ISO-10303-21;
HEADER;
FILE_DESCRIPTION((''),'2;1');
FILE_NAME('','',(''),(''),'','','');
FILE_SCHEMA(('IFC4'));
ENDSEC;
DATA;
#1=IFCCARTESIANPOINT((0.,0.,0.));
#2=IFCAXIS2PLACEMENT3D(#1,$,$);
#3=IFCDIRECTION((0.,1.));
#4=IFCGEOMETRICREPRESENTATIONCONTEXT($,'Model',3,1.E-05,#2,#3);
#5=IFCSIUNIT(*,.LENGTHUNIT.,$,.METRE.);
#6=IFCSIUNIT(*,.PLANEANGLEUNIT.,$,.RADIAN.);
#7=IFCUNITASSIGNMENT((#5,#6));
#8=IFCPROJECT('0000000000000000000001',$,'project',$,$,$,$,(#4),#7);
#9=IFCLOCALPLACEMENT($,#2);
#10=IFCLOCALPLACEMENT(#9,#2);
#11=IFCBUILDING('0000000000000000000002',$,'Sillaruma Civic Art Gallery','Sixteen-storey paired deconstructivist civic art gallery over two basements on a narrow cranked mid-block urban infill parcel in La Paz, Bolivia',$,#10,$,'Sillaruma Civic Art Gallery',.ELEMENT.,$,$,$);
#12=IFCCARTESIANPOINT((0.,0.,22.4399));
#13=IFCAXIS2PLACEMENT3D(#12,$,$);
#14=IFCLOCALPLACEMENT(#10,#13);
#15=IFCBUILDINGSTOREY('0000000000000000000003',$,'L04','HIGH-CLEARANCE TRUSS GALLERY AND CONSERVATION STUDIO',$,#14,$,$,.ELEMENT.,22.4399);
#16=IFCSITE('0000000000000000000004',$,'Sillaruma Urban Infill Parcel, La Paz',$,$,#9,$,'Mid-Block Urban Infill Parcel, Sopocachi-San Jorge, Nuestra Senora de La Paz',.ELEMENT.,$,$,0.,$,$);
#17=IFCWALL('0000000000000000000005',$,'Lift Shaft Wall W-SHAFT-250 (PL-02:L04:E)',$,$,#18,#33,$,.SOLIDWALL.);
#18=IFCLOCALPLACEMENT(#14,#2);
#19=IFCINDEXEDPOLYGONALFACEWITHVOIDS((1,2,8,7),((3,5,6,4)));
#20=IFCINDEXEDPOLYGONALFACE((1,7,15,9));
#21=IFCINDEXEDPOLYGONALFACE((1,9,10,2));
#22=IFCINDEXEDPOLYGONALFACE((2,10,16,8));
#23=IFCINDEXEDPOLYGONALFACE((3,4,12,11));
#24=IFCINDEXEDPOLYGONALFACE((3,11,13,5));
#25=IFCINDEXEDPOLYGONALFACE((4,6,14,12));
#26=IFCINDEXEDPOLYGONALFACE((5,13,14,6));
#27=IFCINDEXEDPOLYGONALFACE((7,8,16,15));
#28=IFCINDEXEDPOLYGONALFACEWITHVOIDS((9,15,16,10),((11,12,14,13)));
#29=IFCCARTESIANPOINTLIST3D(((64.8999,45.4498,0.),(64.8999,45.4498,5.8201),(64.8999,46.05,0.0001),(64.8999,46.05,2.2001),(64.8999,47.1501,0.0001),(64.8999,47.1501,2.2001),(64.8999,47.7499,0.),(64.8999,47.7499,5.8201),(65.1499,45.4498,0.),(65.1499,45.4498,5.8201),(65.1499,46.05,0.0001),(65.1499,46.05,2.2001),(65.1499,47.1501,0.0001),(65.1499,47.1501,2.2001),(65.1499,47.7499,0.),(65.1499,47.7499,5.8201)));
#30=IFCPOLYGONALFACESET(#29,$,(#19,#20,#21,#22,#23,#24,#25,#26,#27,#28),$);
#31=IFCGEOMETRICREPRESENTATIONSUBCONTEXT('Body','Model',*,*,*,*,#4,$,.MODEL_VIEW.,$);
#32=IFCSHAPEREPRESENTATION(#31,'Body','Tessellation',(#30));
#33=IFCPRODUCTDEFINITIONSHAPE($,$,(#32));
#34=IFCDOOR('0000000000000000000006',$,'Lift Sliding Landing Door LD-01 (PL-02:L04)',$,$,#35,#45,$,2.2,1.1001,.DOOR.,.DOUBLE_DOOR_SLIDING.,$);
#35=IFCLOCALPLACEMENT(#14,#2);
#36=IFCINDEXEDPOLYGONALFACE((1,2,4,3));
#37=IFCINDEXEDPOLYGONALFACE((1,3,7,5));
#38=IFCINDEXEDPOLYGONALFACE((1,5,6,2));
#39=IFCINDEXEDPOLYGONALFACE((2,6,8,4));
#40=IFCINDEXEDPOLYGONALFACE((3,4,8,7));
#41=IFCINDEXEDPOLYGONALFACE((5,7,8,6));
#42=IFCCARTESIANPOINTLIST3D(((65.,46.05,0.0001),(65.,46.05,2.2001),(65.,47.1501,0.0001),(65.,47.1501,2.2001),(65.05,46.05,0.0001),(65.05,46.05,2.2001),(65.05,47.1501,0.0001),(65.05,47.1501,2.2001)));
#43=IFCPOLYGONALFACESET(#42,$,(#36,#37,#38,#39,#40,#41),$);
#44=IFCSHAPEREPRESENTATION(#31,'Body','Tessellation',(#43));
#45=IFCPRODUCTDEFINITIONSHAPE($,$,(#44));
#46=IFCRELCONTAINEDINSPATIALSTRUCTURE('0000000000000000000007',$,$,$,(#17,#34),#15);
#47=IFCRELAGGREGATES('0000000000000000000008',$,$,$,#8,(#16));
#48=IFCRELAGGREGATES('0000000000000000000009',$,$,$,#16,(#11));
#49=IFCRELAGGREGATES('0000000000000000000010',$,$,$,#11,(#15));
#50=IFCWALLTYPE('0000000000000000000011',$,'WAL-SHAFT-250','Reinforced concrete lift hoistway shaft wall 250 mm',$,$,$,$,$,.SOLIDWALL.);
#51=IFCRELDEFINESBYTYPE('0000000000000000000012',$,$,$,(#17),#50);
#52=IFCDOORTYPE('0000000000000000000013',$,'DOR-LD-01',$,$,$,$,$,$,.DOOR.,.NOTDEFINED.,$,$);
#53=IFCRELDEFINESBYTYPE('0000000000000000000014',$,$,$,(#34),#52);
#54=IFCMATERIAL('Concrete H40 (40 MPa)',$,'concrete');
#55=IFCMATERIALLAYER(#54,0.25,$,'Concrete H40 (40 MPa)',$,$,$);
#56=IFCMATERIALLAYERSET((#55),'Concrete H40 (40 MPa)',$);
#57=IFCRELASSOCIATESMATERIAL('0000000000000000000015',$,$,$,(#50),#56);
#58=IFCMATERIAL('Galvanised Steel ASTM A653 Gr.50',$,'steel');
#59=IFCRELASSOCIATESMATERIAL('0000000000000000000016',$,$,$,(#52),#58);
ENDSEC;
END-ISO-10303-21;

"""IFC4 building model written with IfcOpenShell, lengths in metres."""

from ifc_helpers import new_model, si_unit, direction, frame, frame_2d, origin, place, context, subcontext, project, spatial, rectangle, extrude, material, layer, layer_set, type_object, element, fill, save


model = new_model("IFC4")

# Units and contexts
model_context = context("Model", 3, precision=1e-05, world=origin(), true_north=direction((0.0, 1.0)))
body_context = subcontext(model_context, "Body", "Model", "MODEL_VIEW")
ifc_project = project(units=[si_unit("LENGTHUNIT", "METRE"), si_unit("PLANEANGLEUNIT", "RADIAN")], contexts=[model_context])

# Site, building, storey
site_placement = place(None, origin())
site = spatial("IfcSite", under=ifc_project, at=site_placement, Name="Sillaruma Urban Infill Parcel, La Paz", LongName="Mid-Block Urban Infill Parcel, Sopocachi-San Jorge, Nuestra Senora de La Paz", CompositionType="ELEMENT", RefElevation=0.0)
building_placement = place(site_placement, origin())
building = spatial("IfcBuilding", under=site, at=building_placement, Name="Sillaruma Civic Art Gallery", Description="Sixteen-storey paired deconstructivist civic art gallery over two basements on a narrow cranked mid-block urban infill parcel in La Paz, Bolivia", LongName="Sillaruma Civic Art Gallery", CompositionType="ELEMENT")
storey_placement = place(building_placement, frame((0.0, 0.0, 22.4399)))
storey = spatial("IfcBuildingStorey", under=building, at=storey_placement, Name="L04", Description="HIGH-CLEARANCE TRUSS GALLERY AND CONSERVATION STUDIO", CompositionType="ELEMENT", Elevation=22.4399)

# Shared definitions
ifc_material_1 = material(Name="Concrete H40 (40 MPa)", Category="concrete")

# Shared definitions
ifc_layer_1 = layer(ifc_material_1, 0.25, Name="Concrete H40 (40 MPa)")
ifc_layer_set_1 = layer_set([ifc_layer_1], Name="Concrete H40 (40 MPa)")
wall_type_1 = type_object("IfcWallType", Name="WAL-SHAFT-250", Description="Reinforced concrete lift hoistway shaft wall 250 mm", PredefinedType="SOLIDWALL", material=ifc_layer_set_1)

# Wall, opening, door
wall_1_placement = place(storey_placement, frame((65.0249, 45.45, 0.0), z_axis=(0.0, 0.0, 1.0), x_axis=(0.0, 1.0, 0.0)))
wall_1 = element("IfcWall", 1, at=wall_1_placement, inside=storey, type_object=wall_type_1, Name="Lift Shaft Wall W-SHAFT-250 (PL-02:L04:E)", PredefinedType="SOLIDWALL", context=body_context, shape_type="SweptSolid", body=[
    extrude(rectangle(XDim=2.3, YDim=0.25, at=frame_2d((1.1499, 0.0))), origin(), (0.0, 0.0, 1.0), 5.8201),
])
opening_1_placement = place(wall_1_placement, frame((0.6001, 0.0, 0.0)))
opening_1 = element("IfcOpeningElement", 2, at=opening_1_placement, cuts=wall_1, PredefinedType="OPENING", context=body_context, shape_type="SweptSolid", body=[
    extrude(rectangle(XDim=1.1001, YDim=2.2, at=frame_2d((0.55, 1.1001))), frame((0.0, 0.135, 0.0), z_axis=(0.0, -1.0, 0.0), x_axis=(1.0, 0.0, 0.0)), (0.0, 0.0, 1.0), 0.27),
])
ifc_material_2 = material(Name="Galvanised Steel ASTM A653 Gr.50", Category="steel")
door_type_1 = type_object("IfcDoorType", Name="DOR-LD-01", OperationType="NOTDEFINED", PredefinedType="DOOR", material=ifc_material_2)
door_1_placement = place(opening_1_placement, origin())
door_1 = element("IfcDoor", 3, at=door_1_placement, inside=storey, type_object=door_type_1, Name="Lift Sliding Landing Door LD-01 (PL-02:L04)", OperationType="DOUBLE_DOOR_SLIDING", OverallHeight=2.2, OverallWidth=1.1001, PredefinedType="DOOR", context=body_context, shape_type="SweptSolid", body=[
    extrude(rectangle(XDim=1.1001, YDim=2.2, at=frame_2d((0.55, 1.1001))), frame((0.0, 0.0249, 0.0), z_axis=(0.0, -1.0, 0.0), x_axis=(1.0, 0.0, 0.0)), (0.0, 0.0, 1.0), 0.05),
])
fill(opening_1, door_1)

save(model, "model.ifc")
